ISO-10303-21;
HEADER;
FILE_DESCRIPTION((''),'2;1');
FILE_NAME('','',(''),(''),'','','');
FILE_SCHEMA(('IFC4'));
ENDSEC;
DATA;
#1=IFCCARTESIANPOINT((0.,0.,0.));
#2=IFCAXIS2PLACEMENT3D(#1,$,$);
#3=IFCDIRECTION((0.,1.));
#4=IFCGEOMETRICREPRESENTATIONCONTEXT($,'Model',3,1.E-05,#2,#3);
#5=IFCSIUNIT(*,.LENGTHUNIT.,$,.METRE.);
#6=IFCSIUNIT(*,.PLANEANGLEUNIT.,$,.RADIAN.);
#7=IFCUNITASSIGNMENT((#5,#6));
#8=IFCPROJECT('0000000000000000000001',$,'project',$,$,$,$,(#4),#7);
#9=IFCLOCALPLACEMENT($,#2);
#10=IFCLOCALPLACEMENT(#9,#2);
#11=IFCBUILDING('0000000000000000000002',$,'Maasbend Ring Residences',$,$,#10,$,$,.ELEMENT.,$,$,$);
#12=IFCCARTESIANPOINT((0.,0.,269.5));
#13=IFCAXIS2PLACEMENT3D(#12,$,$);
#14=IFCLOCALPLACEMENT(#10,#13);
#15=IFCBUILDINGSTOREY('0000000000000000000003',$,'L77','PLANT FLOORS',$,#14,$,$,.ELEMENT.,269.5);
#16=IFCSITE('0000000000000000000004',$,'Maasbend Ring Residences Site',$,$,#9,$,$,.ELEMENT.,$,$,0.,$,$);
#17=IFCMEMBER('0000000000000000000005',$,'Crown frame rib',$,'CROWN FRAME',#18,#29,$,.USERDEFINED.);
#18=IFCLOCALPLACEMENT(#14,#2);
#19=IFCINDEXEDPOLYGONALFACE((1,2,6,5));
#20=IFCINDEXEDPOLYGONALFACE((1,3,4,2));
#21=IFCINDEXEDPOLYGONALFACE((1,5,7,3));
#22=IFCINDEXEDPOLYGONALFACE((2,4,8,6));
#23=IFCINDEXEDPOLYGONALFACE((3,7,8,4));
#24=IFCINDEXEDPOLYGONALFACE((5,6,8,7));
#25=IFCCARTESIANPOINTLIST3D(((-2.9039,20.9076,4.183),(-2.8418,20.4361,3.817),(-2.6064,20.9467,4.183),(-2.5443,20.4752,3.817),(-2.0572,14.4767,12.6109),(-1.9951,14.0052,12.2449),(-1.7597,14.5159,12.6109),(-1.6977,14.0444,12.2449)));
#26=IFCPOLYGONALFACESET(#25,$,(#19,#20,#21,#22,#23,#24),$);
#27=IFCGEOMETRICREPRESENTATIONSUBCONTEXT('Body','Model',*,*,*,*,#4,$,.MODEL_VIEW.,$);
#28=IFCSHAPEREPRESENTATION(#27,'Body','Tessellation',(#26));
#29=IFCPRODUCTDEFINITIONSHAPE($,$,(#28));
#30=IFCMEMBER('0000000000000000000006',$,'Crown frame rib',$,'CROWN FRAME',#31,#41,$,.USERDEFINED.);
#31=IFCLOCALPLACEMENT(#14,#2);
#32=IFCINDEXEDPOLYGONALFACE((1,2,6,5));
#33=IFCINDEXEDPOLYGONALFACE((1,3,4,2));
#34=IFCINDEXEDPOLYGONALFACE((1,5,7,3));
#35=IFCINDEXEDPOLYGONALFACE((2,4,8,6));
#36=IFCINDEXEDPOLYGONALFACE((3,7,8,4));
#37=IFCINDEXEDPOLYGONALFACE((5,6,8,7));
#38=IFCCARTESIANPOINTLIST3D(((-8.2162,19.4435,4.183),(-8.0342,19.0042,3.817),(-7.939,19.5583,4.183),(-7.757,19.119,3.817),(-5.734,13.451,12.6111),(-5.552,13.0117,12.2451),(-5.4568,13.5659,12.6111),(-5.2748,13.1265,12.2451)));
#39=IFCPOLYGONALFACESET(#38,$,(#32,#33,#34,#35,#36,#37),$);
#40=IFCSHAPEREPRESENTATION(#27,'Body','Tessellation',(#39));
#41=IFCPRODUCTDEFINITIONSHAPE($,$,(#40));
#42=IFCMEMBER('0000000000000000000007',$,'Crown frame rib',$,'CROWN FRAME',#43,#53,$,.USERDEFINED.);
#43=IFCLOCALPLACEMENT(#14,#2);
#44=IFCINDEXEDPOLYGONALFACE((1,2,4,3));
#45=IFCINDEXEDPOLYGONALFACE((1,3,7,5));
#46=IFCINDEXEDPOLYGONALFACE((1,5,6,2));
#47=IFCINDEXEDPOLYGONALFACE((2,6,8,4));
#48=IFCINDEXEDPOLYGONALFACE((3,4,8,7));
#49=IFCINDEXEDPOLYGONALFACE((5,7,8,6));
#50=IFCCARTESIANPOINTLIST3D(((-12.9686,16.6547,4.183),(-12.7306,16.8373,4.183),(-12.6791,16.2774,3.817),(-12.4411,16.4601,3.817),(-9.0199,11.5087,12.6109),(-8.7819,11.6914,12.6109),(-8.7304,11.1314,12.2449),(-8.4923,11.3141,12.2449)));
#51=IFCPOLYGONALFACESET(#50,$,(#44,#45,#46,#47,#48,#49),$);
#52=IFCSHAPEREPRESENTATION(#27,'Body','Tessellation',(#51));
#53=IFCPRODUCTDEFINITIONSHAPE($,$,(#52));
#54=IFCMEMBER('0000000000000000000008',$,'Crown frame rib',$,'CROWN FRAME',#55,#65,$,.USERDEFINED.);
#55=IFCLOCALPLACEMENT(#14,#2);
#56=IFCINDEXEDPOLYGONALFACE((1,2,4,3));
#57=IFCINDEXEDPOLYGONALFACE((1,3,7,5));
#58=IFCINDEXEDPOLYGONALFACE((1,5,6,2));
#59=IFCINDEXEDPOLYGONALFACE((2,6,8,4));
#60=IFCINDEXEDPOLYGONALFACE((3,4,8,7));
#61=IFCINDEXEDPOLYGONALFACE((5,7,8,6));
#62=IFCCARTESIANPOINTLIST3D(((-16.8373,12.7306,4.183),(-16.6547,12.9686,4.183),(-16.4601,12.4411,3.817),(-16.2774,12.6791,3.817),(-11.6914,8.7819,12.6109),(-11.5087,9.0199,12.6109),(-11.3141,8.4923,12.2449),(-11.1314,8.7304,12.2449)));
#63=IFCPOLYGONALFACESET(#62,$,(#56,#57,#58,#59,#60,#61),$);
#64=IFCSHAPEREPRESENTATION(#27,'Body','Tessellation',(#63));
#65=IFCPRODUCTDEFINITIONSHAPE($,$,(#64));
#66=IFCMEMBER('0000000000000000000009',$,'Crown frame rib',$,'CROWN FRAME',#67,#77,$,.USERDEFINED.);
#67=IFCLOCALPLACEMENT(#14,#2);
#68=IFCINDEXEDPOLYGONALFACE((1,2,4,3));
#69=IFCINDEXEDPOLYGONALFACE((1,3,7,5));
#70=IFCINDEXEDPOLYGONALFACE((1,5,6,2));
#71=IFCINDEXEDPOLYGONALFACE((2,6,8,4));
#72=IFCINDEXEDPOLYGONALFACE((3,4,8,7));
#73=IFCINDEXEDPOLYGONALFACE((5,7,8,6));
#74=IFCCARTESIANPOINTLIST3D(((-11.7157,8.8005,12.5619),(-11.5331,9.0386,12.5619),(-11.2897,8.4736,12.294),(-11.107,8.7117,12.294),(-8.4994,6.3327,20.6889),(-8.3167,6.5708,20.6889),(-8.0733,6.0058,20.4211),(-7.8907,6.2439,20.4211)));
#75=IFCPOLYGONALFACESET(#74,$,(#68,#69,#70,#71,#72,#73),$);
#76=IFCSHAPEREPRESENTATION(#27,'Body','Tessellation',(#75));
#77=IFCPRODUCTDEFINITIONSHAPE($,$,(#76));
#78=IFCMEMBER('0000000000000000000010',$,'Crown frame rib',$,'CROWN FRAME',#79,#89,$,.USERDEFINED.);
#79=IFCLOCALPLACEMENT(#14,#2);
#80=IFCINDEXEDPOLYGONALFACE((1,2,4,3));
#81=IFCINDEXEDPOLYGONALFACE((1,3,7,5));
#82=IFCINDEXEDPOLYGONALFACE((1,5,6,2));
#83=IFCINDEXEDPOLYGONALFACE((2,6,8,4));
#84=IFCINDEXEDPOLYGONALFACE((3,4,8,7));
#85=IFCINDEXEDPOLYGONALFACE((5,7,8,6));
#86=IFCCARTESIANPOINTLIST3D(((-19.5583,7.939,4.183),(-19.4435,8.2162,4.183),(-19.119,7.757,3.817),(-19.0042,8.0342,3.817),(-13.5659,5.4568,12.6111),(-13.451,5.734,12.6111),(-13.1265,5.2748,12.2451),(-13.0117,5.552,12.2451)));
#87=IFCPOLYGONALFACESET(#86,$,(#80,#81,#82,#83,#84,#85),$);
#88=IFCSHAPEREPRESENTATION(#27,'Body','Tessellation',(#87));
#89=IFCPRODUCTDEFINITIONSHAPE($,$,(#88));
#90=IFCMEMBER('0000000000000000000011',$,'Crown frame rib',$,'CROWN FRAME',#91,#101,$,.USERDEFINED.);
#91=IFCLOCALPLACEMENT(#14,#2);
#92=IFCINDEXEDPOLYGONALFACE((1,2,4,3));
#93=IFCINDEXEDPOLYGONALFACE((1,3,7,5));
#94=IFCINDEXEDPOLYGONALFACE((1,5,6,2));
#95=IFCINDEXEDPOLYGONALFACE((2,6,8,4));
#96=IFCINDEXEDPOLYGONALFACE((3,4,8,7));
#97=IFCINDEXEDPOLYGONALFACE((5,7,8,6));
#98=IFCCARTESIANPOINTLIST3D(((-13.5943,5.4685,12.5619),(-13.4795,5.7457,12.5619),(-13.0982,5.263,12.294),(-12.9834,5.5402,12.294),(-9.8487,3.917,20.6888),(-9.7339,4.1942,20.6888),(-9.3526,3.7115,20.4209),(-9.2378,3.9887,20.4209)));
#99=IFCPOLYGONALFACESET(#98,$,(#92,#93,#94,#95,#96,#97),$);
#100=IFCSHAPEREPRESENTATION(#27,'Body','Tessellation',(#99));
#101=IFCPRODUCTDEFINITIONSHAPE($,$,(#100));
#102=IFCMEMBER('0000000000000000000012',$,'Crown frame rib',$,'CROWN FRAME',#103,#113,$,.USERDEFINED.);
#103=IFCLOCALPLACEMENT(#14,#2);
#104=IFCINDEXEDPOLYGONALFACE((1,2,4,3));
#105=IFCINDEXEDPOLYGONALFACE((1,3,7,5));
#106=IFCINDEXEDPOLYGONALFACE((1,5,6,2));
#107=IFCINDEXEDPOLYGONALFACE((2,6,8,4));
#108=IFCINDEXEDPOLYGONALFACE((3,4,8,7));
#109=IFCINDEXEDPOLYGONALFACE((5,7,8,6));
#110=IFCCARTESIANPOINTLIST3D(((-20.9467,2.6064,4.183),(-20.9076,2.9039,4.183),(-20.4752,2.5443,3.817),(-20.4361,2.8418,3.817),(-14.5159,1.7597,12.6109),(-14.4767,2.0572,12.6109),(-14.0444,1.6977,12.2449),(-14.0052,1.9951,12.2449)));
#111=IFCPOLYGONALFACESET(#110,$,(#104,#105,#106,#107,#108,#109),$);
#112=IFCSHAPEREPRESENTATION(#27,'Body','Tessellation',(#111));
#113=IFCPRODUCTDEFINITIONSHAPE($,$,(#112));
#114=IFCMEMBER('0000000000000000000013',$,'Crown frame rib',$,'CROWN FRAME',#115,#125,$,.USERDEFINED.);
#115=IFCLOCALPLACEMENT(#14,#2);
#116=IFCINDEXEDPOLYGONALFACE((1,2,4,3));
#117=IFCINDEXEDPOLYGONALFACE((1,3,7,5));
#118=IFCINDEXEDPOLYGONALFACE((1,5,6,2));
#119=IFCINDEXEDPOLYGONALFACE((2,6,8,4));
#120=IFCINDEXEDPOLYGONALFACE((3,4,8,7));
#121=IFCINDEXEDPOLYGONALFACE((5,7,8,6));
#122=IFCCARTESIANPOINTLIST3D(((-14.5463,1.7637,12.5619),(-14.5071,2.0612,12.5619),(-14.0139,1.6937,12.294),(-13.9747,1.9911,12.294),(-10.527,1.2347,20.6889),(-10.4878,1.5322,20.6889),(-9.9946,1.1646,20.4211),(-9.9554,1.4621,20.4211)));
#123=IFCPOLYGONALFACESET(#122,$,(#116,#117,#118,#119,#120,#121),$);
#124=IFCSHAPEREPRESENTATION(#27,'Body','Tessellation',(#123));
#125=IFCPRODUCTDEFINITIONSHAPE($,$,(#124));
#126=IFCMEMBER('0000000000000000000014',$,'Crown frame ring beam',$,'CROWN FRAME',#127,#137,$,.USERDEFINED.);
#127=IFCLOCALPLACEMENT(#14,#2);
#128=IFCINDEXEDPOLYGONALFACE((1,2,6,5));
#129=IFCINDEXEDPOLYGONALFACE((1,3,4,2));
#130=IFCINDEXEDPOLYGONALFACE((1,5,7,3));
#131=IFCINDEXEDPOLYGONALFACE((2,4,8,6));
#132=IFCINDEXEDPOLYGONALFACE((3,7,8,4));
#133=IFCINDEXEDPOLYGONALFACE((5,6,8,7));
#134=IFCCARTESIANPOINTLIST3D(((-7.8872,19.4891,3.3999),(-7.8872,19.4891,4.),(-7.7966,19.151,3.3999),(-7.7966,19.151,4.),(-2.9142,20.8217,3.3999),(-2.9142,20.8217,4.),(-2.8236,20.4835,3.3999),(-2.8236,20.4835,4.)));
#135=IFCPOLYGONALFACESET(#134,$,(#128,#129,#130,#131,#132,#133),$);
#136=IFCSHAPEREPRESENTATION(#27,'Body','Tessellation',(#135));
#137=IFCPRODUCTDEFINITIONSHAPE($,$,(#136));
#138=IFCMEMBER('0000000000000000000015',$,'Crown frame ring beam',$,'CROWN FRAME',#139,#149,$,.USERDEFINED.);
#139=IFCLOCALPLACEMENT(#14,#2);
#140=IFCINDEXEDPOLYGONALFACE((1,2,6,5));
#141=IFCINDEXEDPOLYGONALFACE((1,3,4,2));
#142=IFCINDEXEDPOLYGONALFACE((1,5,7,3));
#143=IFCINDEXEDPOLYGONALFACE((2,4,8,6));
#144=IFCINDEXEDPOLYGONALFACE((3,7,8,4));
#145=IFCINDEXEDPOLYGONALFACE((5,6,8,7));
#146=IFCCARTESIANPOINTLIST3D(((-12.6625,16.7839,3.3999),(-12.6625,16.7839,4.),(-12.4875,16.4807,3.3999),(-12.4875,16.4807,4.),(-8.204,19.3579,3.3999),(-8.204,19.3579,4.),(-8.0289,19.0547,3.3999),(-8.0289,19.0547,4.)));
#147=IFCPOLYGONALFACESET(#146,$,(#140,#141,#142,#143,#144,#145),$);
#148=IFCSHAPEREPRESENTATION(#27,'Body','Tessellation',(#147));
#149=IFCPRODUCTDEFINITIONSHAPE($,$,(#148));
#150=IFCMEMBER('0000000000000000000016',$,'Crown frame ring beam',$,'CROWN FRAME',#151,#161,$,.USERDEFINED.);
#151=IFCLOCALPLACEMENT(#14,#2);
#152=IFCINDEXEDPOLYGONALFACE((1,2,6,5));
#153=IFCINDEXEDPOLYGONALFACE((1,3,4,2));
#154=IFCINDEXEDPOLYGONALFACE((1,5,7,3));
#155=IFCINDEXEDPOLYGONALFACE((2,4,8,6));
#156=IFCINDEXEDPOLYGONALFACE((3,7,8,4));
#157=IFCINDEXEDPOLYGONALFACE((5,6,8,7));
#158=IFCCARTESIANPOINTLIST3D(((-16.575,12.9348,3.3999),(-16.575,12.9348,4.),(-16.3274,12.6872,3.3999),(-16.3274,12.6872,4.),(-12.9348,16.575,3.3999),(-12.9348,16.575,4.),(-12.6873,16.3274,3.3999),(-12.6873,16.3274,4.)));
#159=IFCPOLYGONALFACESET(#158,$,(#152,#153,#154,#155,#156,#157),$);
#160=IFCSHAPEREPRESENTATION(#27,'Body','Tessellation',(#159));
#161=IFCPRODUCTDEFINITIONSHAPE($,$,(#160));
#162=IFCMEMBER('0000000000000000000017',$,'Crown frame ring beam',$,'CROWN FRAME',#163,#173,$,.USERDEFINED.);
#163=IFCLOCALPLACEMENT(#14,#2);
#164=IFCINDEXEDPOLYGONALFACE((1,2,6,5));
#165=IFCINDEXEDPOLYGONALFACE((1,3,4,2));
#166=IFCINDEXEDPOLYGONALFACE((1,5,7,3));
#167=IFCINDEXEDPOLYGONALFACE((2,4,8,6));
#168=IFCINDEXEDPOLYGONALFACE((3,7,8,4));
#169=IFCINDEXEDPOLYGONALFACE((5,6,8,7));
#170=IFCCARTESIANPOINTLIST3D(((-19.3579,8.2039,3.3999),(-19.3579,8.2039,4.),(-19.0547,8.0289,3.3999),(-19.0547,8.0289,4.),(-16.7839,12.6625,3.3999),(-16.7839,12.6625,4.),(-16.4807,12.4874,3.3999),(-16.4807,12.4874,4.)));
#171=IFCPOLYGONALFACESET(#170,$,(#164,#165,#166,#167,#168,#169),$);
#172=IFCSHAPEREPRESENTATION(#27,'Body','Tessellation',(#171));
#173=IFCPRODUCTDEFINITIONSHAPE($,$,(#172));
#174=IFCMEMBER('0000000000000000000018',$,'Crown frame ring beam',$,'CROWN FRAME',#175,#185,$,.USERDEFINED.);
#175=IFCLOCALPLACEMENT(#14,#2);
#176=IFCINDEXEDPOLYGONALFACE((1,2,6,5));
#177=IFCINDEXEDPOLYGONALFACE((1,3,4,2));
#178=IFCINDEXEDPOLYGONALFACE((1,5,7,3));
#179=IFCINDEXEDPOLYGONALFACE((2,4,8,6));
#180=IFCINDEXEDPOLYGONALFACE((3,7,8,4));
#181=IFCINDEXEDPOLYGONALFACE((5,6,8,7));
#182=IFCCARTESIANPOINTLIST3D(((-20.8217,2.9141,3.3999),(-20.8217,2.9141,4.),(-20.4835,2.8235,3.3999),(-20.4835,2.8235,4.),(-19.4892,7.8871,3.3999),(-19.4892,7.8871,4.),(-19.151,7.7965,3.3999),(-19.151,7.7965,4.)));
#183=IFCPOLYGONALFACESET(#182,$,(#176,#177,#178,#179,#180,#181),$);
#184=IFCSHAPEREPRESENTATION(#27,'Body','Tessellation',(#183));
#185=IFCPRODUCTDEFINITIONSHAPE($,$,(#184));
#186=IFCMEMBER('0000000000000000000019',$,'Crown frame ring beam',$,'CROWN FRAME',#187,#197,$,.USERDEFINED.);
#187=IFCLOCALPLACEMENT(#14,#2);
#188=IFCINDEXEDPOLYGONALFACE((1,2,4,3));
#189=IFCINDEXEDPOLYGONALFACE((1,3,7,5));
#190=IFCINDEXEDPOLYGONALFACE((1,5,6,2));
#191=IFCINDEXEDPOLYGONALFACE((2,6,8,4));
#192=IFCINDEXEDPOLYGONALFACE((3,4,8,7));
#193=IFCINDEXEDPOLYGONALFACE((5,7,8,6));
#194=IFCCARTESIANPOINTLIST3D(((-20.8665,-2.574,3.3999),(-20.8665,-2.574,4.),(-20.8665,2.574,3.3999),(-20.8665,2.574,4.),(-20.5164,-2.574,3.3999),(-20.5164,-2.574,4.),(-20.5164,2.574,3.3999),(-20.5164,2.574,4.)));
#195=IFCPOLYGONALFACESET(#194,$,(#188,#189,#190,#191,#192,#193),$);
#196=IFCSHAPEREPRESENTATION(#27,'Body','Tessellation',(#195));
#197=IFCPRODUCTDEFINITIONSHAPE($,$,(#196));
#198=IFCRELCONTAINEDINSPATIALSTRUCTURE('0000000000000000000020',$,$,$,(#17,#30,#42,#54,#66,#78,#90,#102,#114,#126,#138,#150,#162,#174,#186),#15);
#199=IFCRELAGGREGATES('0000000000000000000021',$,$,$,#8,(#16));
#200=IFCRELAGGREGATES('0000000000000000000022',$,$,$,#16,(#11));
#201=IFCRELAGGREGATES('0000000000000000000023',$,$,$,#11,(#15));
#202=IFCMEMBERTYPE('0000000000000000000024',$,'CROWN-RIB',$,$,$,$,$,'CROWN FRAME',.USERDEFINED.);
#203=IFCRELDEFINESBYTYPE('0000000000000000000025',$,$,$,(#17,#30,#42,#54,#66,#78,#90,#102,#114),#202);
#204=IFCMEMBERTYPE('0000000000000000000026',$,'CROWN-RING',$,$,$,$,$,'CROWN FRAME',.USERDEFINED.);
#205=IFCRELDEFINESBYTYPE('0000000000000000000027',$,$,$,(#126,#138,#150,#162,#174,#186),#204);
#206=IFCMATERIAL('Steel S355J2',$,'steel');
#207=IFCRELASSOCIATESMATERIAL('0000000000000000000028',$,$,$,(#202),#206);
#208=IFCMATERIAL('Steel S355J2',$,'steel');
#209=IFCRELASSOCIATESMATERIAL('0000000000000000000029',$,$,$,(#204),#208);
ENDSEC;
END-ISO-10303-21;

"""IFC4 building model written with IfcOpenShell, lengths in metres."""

from ifc_helpers import new_model, si_unit, direction, frame, origin, origin_2d, place, context, subcontext, project, spatial, rectangle, extrude, material, material_profile, profile_set, type_object, element, save


model = new_model("IFC4")

# Units and contexts
model_context = context("Model", 3, precision=1e-05, world=origin(), true_north=direction((0.0, 1.0)))
body_context = subcontext(model_context, "Body", "Model", "MODEL_VIEW")
ifc_project = project(units=[si_unit("LENGTHUNIT", "METRE"), si_unit("PLANEANGLEUNIT", "RADIAN")], contexts=[model_context])

# Site, building, storey
site_placement = place(None, origin())
site = spatial("IfcSite", under=ifc_project, at=site_placement, Name="Maasbend Ring Residences Site", CompositionType="ELEMENT", RefElevation=0.0)
building_placement = place(site_placement, origin())
building = spatial("IfcBuilding", under=site, at=building_placement, Name="Maasbend Ring Residences", CompositionType="ELEMENT")
storey_placement = place(building_placement, frame((0.0, 0.0, 269.5)))
storey = spatial("IfcBuildingStorey", under=building, at=storey_placement, Name="L77", Description="PLANT FLOORS", CompositionType="ELEMENT", Elevation=269.5)

# Members
ifc_material_1 = material(Name="Steel S355J2", Category="steel")
ifc_material_profile_1 = material_profile(ifc_material_1, rectangle(XDim=0.3, YDim=0.6001, at=origin_2d()), Name="Box 300x600x12")
ifc_profile_set_1 = profile_set([ifc_material_profile_1], Name="Steel S355J2")
member_type_1 = type_object("IfcMemberType", Name="CROWN-RIB", ElementType="CROWN FRAME", PredefinedType="USERDEFINED", material=ifc_profile_set_1)
for number, where, z_axis, x_axis, name in (
    (1, (-2.7241, 20.6914, 4.0), (0.079612, -0.60469, 0.792472), (0.991444, 0.130531, 0.0), "Crown frame rib"),
    (2, (-7.9866, 19.2812, 4.0), (0.233399, -0.563468, 0.792483), (0.923878, 0.382688, 0.0), "Crown frame rib"),
    (3, (-12.7048, 16.5574, 4.0), (0.371294, -0.483871, 0.792471), (0.793348, 0.608768, 0.0), "Crown frame rib"),
    (4, (-16.5574, 12.7048, 4.0), (0.483871, -0.371294, 0.792471), (0.608768, 0.793348, 0.0), "Crown frame rib"),
):
    element("IfcMember", number, at=place(storey_placement, frame(where, z_axis=z_axis, x_axis=x_axis)), inside=storey, type_object=member_type_1, Name=name, ObjectType="CROWN FRAME", PredefinedType="USERDEFINED", context=body_context, shape_type="SweptSolid", body=[
        extrude(rectangle(XDim=0.3, YDim=0.6001, at=origin_2d()), origin(), (0.0, 0.0, 1.0), 10.635),
    ])
member_1_placement = place(storey_placement, frame((-11.4114, 8.7561, 12.428), z_axis=(0.354143, -0.271723, 0.894846), x_axis=(0.608732, 0.793376, 0.0)))
element("IfcMember", 5, at=member_1_placement, inside=storey, type_object=member_type_1, Name="Crown frame rib", ObjectType="CROWN FRAME", PredefinedType="USERDEFINED", context=body_context, shape_type="SweptSolid", body=[
    extrude(rectangle(XDim=0.3, YDim=0.6001, at=origin_2d()), origin(), (0.0, 0.0, 1.0), 9.082),
])
member_2_placement = place(storey_placement, frame((-19.2812, 7.9866, 4.0), z_axis=(0.563468, -0.233399, 0.792483), x_axis=(0.382688, 0.923878, 0.0)))
element("IfcMember", 6, at=member_2_placement, inside=storey, type_object=member_type_1, Name="Crown frame rib", ObjectType="CROWN FRAME", PredefinedType="USERDEFINED", context=body_context, shape_type="SweptSolid", body=[
    extrude(rectangle(XDim=0.3, YDim=0.6001, at=origin_2d()), origin(), (0.0, 0.0, 1.0), 10.635),
])
member_3_placement = place(storey_placement, frame((-13.2888, 5.5044, 12.428), z_axis=(0.412417, -0.170832, 0.894834), x_axis=(0.38269, 0.923877, 0.0)))
element("IfcMember", 7, at=member_3_placement, inside=storey, type_object=member_type_1, Name="Crown frame rib", ObjectType="CROWN FRAME", PredefinedType="USERDEFINED", context=body_context, shape_type="SweptSolid", body=[
    extrude(rectangle(XDim=0.3, YDim=0.6001, at=origin_2d()), origin(), (0.0, 0.0, 1.0), 9.082),
])
member_4_placement = place(storey_placement, frame((-20.6914, 2.7241, 4.0), z_axis=(0.60469, -0.079612, 0.792472), x_axis=(0.130531, 0.991444, 0.0)))
element("IfcMember", 8, at=member_4_placement, inside=storey, type_object=member_type_1, Name="Crown frame rib", ObjectType="CROWN FRAME", PredefinedType="USERDEFINED", context=body_context, shape_type="SweptSolid", body=[
    extrude(rectangle(XDim=0.3, YDim=0.6001, at=origin_2d()), origin(), (0.0, 0.0, 1.0), 10.635),
])
member_5_placement = place(storey_placement, frame((-14.2605, 1.8774, 12.428), z_axis=(0.442557, -0.058253, 0.894846), x_axis=(0.130503, 0.991448, 0.0)))
element("IfcMember", 9, at=member_5_placement, inside=storey, type_object=member_type_1, Name="Crown frame rib", ObjectType="CROWN FRAME", PredefinedType="USERDEFINED", context=body_context, shape_type="SweptSolid", body=[
    extrude(rectangle(XDim=0.3, YDim=0.6001, at=origin_2d()), origin(), (0.0, 0.0, 1.0), 9.082),
])
ifc_material_2 = material(Name="Steel S355J2", Category="steel")
ifc_material_profile_2 = material_profile(ifc_material_2, rectangle(XDim=0.3501, YDim=0.6001, at=origin_2d()), Name="Box 350x600x16")
ifc_profile_set_2 = profile_set([ifc_material_profile_2], Name="Steel S355J2")
member_type_2 = type_object("IfcMemberType", Name="CROWN-RING", ElementType="CROWN FRAME", PredefinedType="USERDEFINED", material=ifc_profile_set_2)
member_6_placement = place(storey_placement, frame((-2.8689, 20.6526, 3.7), z_axis=(-0.965924, -0.258825, 0.0), x_axis=(0.258825, -0.965924, 0.0)))
element("IfcMember", 10, at=member_6_placement, inside=storey, type_object=member_type_2, Name="Crown frame ring beam", ObjectType="CROWN FRAME", PredefinedType="USERDEFINED", context=body_context, shape_type="SweptSolid", body=[
    extrude(rectangle(XDim=0.3501, YDim=0.6001, at=origin_2d()), origin(), (0.0, 0.0, 1.0), 5.1484),
])
member_7_placement = place(storey_placement, frame((-8.1165, 19.2063, 3.7), z_axis=(-0.866037, -0.49998, 0.0), x_axis=(0.49998, -0.866037, 0.0)))
element("IfcMember", 11, at=member_7_placement, inside=storey, type_object=member_type_2, Name="Crown frame ring beam", ObjectType="CROWN FRAME", PredefinedType="USERDEFINED", context=body_context, shape_type="SweptSolid", body=[
    extrude(rectangle(XDim=0.3501, YDim=0.6001, at=origin_2d()), origin(), (0.0, 0.0, 1.0), 5.1482),
])
member_8_placement = place(storey_placement, frame((-12.811, 16.4512, 3.7), z_axis=(-0.707107, -0.707107, 0.0), x_axis=(0.707107, -0.707107, 0.0)))
element("IfcMember", 12, at=member_8_placement, inside=storey, type_object=member_type_2, Name="Crown frame ring beam", ObjectType="CROWN FRAME", PredefinedType="USERDEFINED", context=body_context, shape_type="SweptSolid", body=[
    extrude(rectangle(XDim=0.3501, YDim=0.6001, at=origin_2d()), origin(), (0.0, 0.0, 1.0), 5.1479),
])
member_9_placement = place(storey_placement, frame((-16.6323, 12.575, 3.7), z_axis=(-0.49998, -0.866037, 0.0), x_axis=(0.866037, -0.49998, 0.0)))
element("IfcMember", 13, at=member_9_placement, inside=storey, type_object=member_type_2, Name="Crown frame ring beam", ObjectType="CROWN FRAME", PredefinedType="USERDEFINED", context=body_context, shape_type="SweptSolid", body=[
    extrude(rectangle(XDim=0.3501, YDim=0.6001, at=origin_2d()), origin(), (0.0, 0.0, 1.0), 5.1482),
])
member_10_placement = place(storey_placement, frame((-19.3201, 7.8418, 3.7), z_axis=(-0.258825, -0.965924, 0.0), x_axis=(0.965924, -0.258825, 0.0)))
element("IfcMember", 14, at=member_10_placement, inside=storey, type_object=member_type_2, Name="Crown frame ring beam", ObjectType="CROWN FRAME", PredefinedType="USERDEFINED", context=body_context, shape_type="SweptSolid", body=[
    extrude(rectangle(XDim=0.3501, YDim=0.6001, at=origin_2d()), origin(), (0.0, 0.0, 1.0), 5.1484),
])
member_11_placement = place(storey_placement, frame((-20.6914, 2.574, 3.7), z_axis=(0.0, -1.0, 0.0), x_axis=(1.0, 0.0, 0.0)))
element("IfcMember", 15, at=member_11_placement, inside=storey, type_object=member_type_2, Name="Crown frame ring beam", ObjectType="CROWN FRAME", PredefinedType="USERDEFINED", context=body_context, shape_type="SweptSolid", body=[
    extrude(rectangle(XDim=0.3501, YDim=0.6001, at=origin_2d()), origin(), (0.0, 0.0, 1.0), 5.1479),
])

save(model, "model.ifc")
